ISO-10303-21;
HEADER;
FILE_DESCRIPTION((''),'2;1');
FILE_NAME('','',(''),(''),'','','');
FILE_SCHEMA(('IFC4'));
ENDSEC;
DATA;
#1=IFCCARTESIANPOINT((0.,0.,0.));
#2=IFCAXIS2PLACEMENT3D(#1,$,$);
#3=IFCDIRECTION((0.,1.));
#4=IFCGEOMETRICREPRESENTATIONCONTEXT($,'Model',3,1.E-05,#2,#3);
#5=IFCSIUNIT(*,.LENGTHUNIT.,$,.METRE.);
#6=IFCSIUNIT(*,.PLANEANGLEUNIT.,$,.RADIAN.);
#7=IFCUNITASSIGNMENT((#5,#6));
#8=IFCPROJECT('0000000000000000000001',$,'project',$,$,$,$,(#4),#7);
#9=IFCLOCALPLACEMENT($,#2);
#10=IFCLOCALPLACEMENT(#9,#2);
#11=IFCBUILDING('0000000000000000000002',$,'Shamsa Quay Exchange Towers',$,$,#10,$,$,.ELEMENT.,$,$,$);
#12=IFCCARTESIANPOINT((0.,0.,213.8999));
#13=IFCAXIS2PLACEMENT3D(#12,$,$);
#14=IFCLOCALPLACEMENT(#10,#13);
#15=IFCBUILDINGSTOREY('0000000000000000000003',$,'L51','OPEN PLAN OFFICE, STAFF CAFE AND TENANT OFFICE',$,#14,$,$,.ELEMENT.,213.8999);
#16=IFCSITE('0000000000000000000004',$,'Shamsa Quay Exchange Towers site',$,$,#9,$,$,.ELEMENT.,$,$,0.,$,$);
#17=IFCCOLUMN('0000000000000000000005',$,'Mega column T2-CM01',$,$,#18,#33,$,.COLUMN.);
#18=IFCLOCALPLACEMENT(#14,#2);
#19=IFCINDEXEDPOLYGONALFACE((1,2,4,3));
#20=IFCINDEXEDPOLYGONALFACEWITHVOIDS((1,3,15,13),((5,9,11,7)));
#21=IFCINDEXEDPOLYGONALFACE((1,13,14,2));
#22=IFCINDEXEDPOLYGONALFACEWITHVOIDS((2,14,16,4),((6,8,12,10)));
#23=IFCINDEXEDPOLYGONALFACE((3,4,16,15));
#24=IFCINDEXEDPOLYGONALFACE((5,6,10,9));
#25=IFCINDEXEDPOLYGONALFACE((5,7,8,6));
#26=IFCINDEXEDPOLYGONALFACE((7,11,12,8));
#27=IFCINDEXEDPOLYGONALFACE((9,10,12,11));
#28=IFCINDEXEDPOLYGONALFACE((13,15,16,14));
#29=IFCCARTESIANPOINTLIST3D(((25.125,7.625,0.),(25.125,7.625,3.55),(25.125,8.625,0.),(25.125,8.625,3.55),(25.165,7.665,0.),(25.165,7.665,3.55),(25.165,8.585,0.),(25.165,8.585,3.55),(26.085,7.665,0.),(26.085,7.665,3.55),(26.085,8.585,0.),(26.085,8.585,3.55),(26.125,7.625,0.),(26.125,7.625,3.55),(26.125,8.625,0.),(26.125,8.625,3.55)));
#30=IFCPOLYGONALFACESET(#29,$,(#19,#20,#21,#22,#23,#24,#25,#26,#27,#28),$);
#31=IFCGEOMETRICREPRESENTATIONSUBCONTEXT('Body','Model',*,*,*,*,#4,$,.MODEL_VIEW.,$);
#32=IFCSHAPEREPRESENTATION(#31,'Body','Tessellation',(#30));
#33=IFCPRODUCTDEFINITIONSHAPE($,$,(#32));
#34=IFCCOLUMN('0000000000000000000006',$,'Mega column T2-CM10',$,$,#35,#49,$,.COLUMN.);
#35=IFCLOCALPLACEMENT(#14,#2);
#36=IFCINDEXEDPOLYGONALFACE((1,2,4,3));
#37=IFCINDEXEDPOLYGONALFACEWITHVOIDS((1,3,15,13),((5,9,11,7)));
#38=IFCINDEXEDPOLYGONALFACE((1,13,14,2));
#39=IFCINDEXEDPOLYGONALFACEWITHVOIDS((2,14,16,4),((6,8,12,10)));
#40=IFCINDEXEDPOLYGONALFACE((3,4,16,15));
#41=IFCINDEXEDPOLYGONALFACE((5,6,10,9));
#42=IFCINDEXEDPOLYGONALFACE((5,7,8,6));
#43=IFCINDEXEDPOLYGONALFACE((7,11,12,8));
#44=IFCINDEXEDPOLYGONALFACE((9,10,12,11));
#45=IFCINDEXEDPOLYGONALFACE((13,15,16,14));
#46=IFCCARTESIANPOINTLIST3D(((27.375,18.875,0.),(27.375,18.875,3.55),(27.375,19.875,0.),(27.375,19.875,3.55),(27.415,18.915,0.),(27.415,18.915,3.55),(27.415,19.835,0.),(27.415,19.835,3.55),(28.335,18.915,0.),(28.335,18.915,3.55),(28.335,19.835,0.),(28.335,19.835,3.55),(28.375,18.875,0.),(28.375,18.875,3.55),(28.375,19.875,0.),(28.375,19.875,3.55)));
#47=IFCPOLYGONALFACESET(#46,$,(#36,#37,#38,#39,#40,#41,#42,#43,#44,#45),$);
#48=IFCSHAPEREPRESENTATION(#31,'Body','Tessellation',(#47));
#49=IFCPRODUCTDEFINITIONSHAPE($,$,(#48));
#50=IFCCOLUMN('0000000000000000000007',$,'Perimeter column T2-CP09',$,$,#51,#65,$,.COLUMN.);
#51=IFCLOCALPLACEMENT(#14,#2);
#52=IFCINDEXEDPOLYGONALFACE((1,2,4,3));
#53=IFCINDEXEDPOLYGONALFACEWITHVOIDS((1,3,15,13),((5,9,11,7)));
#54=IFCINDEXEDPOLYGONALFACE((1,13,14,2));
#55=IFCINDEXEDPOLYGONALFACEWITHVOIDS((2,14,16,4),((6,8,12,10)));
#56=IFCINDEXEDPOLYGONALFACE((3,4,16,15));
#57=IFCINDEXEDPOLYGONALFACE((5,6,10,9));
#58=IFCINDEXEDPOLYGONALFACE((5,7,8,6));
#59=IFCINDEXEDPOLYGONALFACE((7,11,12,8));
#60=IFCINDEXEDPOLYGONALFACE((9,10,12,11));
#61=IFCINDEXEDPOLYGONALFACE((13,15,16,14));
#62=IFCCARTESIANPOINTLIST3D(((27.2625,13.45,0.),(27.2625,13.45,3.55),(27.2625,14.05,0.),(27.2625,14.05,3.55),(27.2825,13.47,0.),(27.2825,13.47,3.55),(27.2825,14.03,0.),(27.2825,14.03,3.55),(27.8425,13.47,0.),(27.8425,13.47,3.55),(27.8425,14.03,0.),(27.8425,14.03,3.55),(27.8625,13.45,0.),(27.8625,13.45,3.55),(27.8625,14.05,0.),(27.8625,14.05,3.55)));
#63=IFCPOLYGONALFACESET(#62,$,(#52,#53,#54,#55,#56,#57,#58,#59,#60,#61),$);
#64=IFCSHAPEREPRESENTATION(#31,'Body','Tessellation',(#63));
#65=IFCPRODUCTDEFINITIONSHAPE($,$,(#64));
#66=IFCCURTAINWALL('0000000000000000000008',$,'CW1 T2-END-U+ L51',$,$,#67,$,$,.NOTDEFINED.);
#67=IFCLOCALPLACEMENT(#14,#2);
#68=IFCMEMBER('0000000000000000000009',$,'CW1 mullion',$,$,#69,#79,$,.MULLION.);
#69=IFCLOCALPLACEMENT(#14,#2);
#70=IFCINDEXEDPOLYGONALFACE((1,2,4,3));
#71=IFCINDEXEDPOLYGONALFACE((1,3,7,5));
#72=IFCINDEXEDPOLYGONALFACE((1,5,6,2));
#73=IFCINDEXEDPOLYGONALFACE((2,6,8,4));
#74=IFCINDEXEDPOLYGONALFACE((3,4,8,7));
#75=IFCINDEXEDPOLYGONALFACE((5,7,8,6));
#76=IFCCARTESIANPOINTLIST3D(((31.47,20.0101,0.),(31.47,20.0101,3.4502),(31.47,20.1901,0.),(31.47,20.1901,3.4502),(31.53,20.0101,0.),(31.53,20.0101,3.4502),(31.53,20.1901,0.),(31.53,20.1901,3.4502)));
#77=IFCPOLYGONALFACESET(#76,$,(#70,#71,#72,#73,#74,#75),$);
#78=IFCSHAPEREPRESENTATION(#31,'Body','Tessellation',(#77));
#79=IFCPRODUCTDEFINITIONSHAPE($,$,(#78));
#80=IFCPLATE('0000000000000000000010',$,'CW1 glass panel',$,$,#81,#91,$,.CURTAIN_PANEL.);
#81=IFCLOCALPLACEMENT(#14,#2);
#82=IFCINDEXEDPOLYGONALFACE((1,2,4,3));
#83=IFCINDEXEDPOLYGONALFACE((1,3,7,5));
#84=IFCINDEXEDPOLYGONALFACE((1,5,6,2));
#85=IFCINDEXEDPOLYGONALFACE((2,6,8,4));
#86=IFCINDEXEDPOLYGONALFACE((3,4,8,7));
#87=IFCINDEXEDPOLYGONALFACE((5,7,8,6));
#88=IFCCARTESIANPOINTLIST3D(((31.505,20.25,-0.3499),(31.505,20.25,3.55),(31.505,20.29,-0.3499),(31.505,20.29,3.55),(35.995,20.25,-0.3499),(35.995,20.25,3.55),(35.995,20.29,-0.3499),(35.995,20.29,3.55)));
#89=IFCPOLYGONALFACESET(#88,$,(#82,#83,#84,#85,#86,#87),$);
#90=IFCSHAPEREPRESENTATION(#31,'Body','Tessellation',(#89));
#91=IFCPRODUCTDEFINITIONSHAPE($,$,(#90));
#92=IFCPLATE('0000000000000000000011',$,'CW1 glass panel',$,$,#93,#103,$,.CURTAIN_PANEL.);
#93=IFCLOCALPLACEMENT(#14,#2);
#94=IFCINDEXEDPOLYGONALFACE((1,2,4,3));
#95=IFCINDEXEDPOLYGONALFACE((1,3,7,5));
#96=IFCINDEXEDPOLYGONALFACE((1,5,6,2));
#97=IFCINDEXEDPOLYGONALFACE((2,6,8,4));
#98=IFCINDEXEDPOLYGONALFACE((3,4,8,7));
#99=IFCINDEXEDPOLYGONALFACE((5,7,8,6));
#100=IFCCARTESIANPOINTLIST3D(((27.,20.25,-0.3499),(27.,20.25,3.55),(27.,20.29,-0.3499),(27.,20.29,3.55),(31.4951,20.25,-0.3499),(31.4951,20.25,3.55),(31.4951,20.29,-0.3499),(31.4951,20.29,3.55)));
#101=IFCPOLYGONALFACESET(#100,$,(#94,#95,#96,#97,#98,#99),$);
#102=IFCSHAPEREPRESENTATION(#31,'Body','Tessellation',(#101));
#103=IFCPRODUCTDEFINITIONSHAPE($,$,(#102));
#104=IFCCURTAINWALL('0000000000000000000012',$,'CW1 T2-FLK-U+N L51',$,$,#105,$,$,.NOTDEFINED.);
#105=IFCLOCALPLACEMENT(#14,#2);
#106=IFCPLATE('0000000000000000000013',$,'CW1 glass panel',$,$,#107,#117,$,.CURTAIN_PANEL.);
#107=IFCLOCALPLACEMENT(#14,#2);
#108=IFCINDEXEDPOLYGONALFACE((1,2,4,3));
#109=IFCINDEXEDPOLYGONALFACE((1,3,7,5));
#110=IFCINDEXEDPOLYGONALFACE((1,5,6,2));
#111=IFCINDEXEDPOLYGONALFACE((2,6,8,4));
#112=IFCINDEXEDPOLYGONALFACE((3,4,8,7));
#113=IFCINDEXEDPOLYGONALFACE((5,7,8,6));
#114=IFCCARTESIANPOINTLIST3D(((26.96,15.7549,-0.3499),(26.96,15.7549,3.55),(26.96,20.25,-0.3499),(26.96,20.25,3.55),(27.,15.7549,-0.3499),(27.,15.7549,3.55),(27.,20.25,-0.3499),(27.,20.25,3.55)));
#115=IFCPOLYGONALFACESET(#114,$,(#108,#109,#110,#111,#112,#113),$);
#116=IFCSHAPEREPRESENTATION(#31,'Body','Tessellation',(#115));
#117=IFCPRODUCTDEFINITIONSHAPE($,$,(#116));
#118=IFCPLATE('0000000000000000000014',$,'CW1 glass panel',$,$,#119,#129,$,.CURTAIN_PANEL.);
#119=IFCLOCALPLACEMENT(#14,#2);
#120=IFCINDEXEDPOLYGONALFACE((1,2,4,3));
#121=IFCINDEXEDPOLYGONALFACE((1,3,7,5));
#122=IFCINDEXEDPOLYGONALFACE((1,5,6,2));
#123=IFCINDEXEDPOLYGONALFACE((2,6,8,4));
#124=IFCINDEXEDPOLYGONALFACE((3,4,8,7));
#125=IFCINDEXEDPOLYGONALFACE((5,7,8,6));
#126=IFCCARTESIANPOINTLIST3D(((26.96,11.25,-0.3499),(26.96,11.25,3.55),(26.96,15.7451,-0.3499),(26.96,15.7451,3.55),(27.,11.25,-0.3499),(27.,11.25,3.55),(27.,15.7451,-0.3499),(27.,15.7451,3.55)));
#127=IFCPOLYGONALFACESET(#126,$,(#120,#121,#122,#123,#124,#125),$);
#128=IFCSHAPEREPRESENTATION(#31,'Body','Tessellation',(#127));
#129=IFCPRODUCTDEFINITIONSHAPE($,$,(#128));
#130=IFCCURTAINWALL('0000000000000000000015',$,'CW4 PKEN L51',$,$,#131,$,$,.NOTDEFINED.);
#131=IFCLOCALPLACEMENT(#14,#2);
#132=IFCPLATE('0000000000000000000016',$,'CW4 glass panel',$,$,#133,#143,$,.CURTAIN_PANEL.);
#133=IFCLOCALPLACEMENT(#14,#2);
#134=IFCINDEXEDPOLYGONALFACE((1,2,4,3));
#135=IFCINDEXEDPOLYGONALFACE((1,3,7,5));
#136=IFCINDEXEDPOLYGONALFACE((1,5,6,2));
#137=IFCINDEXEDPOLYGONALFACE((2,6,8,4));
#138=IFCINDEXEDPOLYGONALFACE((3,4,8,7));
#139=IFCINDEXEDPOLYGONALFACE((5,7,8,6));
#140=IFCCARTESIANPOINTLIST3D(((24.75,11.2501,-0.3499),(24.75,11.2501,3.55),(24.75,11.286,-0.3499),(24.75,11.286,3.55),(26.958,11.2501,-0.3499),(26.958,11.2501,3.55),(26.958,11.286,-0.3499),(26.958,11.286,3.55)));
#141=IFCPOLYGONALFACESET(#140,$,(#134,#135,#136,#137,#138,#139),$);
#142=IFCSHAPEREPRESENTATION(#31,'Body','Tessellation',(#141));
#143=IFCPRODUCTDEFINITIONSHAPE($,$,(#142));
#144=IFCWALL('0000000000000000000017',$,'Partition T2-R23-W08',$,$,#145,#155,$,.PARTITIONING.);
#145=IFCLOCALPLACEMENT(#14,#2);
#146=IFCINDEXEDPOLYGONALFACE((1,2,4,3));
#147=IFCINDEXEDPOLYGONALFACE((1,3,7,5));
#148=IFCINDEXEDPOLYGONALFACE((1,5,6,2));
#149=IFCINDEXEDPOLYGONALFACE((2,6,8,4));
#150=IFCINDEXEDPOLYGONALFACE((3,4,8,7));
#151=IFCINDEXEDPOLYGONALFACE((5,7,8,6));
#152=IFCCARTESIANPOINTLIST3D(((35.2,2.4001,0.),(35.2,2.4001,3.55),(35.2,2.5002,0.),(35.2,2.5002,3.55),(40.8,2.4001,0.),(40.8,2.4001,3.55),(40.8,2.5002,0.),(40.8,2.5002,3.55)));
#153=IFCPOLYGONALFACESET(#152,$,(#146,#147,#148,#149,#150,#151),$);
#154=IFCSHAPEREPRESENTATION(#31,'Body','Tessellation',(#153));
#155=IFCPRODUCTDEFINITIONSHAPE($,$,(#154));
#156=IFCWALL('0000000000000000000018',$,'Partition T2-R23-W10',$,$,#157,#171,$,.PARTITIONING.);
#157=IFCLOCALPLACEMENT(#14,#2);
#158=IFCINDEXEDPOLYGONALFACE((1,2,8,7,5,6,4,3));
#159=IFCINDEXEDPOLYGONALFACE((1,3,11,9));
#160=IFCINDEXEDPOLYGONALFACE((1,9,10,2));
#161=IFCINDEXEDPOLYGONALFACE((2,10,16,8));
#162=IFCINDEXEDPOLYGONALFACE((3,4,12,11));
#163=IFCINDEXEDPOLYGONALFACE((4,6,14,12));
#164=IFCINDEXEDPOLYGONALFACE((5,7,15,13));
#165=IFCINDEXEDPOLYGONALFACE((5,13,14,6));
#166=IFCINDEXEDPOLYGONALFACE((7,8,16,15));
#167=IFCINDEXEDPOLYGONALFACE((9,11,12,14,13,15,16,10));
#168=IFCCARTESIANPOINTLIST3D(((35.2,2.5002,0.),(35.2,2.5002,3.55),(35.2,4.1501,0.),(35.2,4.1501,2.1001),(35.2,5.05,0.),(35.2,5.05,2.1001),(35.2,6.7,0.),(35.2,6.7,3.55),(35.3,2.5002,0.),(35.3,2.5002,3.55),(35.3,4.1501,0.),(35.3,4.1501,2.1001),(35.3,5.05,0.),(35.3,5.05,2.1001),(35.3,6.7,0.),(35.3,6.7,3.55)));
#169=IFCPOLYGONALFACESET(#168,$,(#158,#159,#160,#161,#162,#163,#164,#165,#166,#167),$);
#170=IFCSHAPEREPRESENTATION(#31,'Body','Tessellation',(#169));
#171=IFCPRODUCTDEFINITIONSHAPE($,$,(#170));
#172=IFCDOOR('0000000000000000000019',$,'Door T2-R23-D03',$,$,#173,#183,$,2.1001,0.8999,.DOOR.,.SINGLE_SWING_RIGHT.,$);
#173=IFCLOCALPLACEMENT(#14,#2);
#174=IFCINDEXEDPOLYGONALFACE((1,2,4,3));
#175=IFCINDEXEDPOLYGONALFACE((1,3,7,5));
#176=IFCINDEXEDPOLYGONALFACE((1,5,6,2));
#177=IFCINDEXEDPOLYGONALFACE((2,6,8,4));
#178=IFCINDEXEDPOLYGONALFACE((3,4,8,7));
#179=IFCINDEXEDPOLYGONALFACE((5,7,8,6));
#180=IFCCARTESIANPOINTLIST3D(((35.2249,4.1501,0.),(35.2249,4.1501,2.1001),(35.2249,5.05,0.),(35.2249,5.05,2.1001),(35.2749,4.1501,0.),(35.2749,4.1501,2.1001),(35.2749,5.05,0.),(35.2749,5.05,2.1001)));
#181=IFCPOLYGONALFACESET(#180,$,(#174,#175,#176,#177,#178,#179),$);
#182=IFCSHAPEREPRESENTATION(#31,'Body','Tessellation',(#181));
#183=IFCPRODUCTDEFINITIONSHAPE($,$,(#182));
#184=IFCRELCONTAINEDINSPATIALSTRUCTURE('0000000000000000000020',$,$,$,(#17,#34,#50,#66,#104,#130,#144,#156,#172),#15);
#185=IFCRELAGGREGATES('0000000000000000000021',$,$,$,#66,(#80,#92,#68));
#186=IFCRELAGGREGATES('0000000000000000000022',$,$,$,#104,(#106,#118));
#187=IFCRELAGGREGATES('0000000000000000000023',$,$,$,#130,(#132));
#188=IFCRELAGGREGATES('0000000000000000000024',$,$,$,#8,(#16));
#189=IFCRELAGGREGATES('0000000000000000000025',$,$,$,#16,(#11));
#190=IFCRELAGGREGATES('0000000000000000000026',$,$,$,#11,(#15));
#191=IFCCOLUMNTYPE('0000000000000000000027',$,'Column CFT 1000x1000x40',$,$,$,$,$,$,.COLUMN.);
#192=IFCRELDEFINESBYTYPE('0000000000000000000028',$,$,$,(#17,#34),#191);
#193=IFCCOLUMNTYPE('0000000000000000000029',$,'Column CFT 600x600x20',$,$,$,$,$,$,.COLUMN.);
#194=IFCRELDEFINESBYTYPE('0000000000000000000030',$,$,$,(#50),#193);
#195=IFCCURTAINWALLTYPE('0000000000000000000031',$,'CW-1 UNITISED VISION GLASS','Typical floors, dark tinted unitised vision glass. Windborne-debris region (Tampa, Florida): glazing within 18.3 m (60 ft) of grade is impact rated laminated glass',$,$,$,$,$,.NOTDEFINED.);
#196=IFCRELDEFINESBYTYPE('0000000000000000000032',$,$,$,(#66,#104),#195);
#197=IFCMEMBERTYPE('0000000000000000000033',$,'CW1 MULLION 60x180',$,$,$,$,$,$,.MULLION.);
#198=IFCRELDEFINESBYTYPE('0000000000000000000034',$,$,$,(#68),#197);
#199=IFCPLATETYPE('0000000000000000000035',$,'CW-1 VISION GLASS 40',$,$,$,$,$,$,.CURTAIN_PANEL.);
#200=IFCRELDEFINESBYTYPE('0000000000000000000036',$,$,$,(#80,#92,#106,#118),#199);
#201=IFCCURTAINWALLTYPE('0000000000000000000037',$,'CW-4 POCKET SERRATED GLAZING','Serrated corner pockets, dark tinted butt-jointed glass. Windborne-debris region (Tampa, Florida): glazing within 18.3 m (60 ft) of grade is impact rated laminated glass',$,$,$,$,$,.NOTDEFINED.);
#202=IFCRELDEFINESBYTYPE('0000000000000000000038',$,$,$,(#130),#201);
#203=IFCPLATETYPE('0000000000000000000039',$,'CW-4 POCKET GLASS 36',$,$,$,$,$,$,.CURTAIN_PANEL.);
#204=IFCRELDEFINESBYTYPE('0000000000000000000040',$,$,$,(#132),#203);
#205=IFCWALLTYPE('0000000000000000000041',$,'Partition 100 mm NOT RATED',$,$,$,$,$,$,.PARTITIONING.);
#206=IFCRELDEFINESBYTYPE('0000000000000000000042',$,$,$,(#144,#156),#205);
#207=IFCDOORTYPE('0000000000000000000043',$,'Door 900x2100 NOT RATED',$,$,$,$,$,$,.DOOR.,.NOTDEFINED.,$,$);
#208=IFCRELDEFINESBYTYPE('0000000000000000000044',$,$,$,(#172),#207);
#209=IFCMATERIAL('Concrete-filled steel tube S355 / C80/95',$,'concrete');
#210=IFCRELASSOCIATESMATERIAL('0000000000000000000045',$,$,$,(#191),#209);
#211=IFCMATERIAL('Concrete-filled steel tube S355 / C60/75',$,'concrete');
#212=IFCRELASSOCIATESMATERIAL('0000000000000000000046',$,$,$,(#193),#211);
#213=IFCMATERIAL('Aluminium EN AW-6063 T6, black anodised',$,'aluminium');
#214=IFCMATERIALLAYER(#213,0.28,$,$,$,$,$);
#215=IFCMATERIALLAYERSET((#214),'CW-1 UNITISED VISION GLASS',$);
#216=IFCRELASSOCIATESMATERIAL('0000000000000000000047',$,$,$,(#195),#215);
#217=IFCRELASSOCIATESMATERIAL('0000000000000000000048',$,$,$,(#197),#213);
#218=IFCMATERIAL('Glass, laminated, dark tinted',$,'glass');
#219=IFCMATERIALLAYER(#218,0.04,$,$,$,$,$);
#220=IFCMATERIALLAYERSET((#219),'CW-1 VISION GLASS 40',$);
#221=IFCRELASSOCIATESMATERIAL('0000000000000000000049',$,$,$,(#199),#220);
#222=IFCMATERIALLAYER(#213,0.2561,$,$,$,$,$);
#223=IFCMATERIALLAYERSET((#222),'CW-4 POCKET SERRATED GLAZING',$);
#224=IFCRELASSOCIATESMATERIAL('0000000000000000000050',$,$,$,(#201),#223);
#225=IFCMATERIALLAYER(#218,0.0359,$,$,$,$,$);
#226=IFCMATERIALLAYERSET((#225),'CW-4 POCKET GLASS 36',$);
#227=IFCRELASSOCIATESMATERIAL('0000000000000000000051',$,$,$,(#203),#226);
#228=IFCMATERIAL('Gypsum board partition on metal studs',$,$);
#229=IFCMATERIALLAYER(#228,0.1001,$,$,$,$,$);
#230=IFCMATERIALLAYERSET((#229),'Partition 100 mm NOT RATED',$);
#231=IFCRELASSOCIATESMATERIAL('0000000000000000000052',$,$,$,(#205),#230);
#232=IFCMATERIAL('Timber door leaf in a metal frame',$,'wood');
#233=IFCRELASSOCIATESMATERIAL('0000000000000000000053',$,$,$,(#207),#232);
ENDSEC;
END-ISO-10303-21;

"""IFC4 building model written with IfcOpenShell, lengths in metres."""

from ifc_helpers import new_model, si_unit, direction, frame, frame_2d, origin, origin_2d, place, context, subcontext, project, spatial, rectangle, hollow_rectangle, extrude, material, layer, layer_set, material_profile, profile_set, type_object, element, fill, aggregate, save


model = new_model("IFC4")

# Units and contexts
model_context = context("Model", 3, precision=1e-05, world=origin(), true_north=direction((0.0, 1.0)))
body_context = subcontext(model_context, "Body", "Model", "MODEL_VIEW")
ifc_project = project(units=[si_unit("LENGTHUNIT", "METRE"), si_unit("PLANEANGLEUNIT", "RADIAN")], contexts=[model_context])

# Site, building, storey
site_placement = place(None, origin())
site = spatial("IfcSite", under=ifc_project, at=site_placement, Name="Shamsa Quay Exchange Towers site", CompositionType="ELEMENT", RefElevation=0.0)
building_placement = place(site_placement, origin())
building = spatial("IfcBuilding", under=site, at=building_placement, Name="Shamsa Quay Exchange Towers", CompositionType="ELEMENT")
storey_placement = place(building_placement, frame((0.0, 0.0, 213.8999)))
storey = spatial("IfcBuildingStorey", under=building, at=storey_placement, Name="L51", Description="OPEN PLAN OFFICE, STAFF CAFE AND TENANT OFFICE", CompositionType="ELEMENT", Elevation=213.8999)

# Columns
ifc_material_1 = material(Name="Concrete-filled steel tube S355 / C80/95", Category="concrete")
ifc_material_profile_1 = material_profile(ifc_material_1, hollow_rectangle(XDim=1.0, YDim=1.0, WallThickness=0.04, at=origin_2d()), Name="CFT 1000x1000x40")
ifc_profile_set_1 = profile_set([ifc_material_profile_1], Name="Concrete-filled steel tube S355 / C80/95")
column_type_1 = type_object("IfcColumnType", Name="Column CFT 1000x1000x40", PredefinedType="COLUMN", material=ifc_profile_set_1)
for number, where, name in (
    (1, (25.625, 8.125, 0.0), "Mega column T2-CM01"),
    (2, (27.875, 19.375, 0.0), "Mega column T2-CM10"),
):
    element("IfcColumn", number, at=place(storey_placement, frame(where)), inside=storey, type_object=column_type_1, Name=name, PredefinedType="COLUMN", context=body_context, shape_type="SweptSolid", body=[
        extrude(hollow_rectangle(XDim=1.0, YDim=1.0, WallThickness=0.04, at=origin_2d()), origin(), (0.0, 0.0, 1.0), 3.55),
    ])
ifc_material_2 = material(Name="Concrete-filled steel tube S355 / C60/75", Category="concrete")
ifc_material_profile_2 = material_profile(ifc_material_2, hollow_rectangle(XDim=0.6001, YDim=0.6001, WallThickness=0.02, at=origin_2d()), Name="CFT 600x600x20")
ifc_profile_set_2 = profile_set([ifc_material_profile_2], Name="Concrete-filled steel tube S355 / C60/75")
column_type_2 = type_object("IfcColumnType", Name="Column CFT 600x600x20", PredefinedType="COLUMN", material=ifc_profile_set_2)
column_placement = place(storey_placement, frame((27.5625, 13.75, 0.0)))
element("IfcColumn", 3, at=column_placement, inside=storey, type_object=column_type_2, Name="Perimeter column T2-CP09", PredefinedType="COLUMN", context=body_context, shape_type="SweptSolid", body=[
    extrude(hollow_rectangle(XDim=0.6001, YDim=0.6001, WallThickness=0.02, at=origin_2d()), origin(), (0.0, 0.0, 1.0), 3.55),
])

# Curtain wall, member, plates
ifc_material_3 = material(Name="Aluminium EN AW-6063 T6, black anodised", Category="aluminium")
ifc_layer_1 = layer(ifc_material_3, 0.28)
ifc_layer_set_1 = layer_set([ifc_layer_1], Name="CW-1 UNITISED VISION GLASS")
curtain_wall_type_1 = type_object("IfcCurtainWallType", Name="CW-1 UNITISED VISION GLASS", Description="Typical floors, dark tinted unitised vision glass. Windborne-debris region (Tampa, Florida): glazing within 18.3 m (60 ft) of grade is impact rated laminated glass", PredefinedType="NOTDEFINED", material=ifc_layer_set_1)
curtain_wall_1_placement = place(storey_placement, origin())
curtain_wall_1 = element("IfcCurtainWall", 4, at=curtain_wall_1_placement, inside=storey, type_object=curtain_wall_type_1, Name="CW1 T2-END-U+ L51", PredefinedType="NOTDEFINED")
ifc_material_profile_3 = material_profile(ifc_material_3, rectangle(XDim=0.1799, YDim=0.0601, at=origin_2d()), Name="MU60x180")
ifc_profile_set_3 = profile_set([ifc_material_profile_3], Name="Aluminium EN AW-6063 T6, black anodised")
member_type = type_object("IfcMemberType", Name="CW1 MULLION 60x180", PredefinedType="MULLION", material=ifc_profile_set_3)
member_placement = place(storey_placement, frame((31.5, 20.1001, 0.0), z_axis=(0.0, 0.0, 1.0), x_axis=(0.0, -1.0, 0.0)))
member = element("IfcMember", 5, at=member_placement, type_object=member_type, Name="CW1 mullion", PredefinedType="MULLION", context=body_context, shape_type="SweptSolid", body=[
    extrude(rectangle(XDim=0.1799, YDim=0.0601, at=origin_2d()), origin(), (0.0, 0.0, 1.0), 3.4502),
])
ifc_material_4 = material(Name="Glass, laminated, dark tinted", Category="glass")
ifc_layer_2 = layer(ifc_material_4, 0.04)
ifc_layer_set_2 = layer_set([ifc_layer_2], Name="CW-1 VISION GLASS 40")
plate_type_1 = type_object("IfcPlateType", Name="CW-1 VISION GLASS 40", PredefinedType="CURTAIN_PANEL", material=ifc_layer_set_2)
plate_1_placement = place(storey_placement, frame((33.75, 20.27, -0.3499), z_axis=(0.0, 0.0, 1.0), x_axis=(-1.0, 0.0, 0.0)))
plate_1 = element("IfcPlate", 6, at=plate_1_placement, type_object=plate_type_1, Name="CW1 glass panel", PredefinedType="CURTAIN_PANEL", context=body_context, shape_type="SweptSolid", body=[
    extrude(rectangle(XDim=4.49, YDim=0.04, at=origin_2d()), origin(), (0.0, 0.0, 1.0), 3.8999),
])
plate_2_placement = place(storey_placement, frame((29.2476, 20.27, -0.3499), z_axis=(0.0, 0.0, 1.0), x_axis=(-1.0, 0.0, 0.0)))
plate_2 = element("IfcPlate", 7, at=plate_2_placement, type_object=plate_type_1, Name="CW1 glass panel", PredefinedType="CURTAIN_PANEL", context=body_context, shape_type="SweptSolid", body=[
    extrude(rectangle(XDim=4.4951, YDim=0.04, at=origin_2d()), origin(), (0.0, 0.0, 1.0), 3.8999),
])
aggregate(curtain_wall_1, [plate_1, plate_2, member])

# Curtain wall, plates
curtain_wall_2_placement = place(storey_placement, origin())
curtain_wall_2 = element("IfcCurtainWall", 8, at=curtain_wall_2_placement, inside=storey, type_object=curtain_wall_type_1, Name="CW1 T2-FLK-U+N L51", PredefinedType="NOTDEFINED")
plate_3_placement = place(storey_placement, frame((26.98, 18.0024, -0.3499), z_axis=(0.0, 0.0, 1.0), x_axis=(0.0, -1.0, 0.0)))
plate_3 = element("IfcPlate", 9, at=plate_3_placement, type_object=plate_type_1, Name="CW1 glass panel", PredefinedType="CURTAIN_PANEL", context=body_context, shape_type="SweptSolid", body=[
    extrude(rectangle(XDim=4.4951, YDim=0.04, at=origin_2d()), origin(), (0.0, 0.0, 1.0), 3.8999),
])
plate_4_placement = place(storey_placement, frame((26.98, 13.4976, -0.3499), z_axis=(0.0, 0.0, 1.0), x_axis=(0.0, -1.0, 0.0)))
plate_4 = element("IfcPlate", 10, at=plate_4_placement, type_object=plate_type_1, Name="CW1 glass panel", PredefinedType="CURTAIN_PANEL", context=body_context, shape_type="SweptSolid", body=[
    extrude(rectangle(XDim=4.4951, YDim=0.04, at=origin_2d()), origin(), (0.0, 0.0, 1.0), 3.8999),
])
aggregate(curtain_wall_2, [plate_3, plate_4])

# Curtain wall, plate
ifc_layer_3 = layer(ifc_material_3, 0.2561)
ifc_layer_set_3 = layer_set([ifc_layer_3], Name="CW-4 POCKET SERRATED GLAZING")
curtain_wall_type_2 = type_object("IfcCurtainWallType", Name="CW-4 POCKET SERRATED GLAZING", Description="Serrated corner pockets, dark tinted butt-jointed glass. Windborne-debris region (Tampa, Florida): glazing within 18.3 m (60 ft) of grade is impact rated laminated glass", PredefinedType="NOTDEFINED", material=ifc_layer_set_3)
curtain_wall_3_placement = place(storey_placement, origin())
curtain_wall_3 = element("IfcCurtainWall", 11, at=curtain_wall_3_placement, inside=storey, type_object=curtain_wall_type_2, Name="CW4 PKEN L51", PredefinedType="NOTDEFINED")
ifc_layer_4 = layer(ifc_material_4, 0.0359)
ifc_layer_set_4 = layer_set([ifc_layer_4], Name="CW-4 POCKET GLASS 36")
plate_type_2 = type_object("IfcPlateType", Name="CW-4 POCKET GLASS 36", PredefinedType="CURTAIN_PANEL", material=ifc_layer_set_4)
plate_5_placement = place(storey_placement, frame((25.854, 11.2681, -0.3499), z_axis=(0.0, 0.0, 1.0), x_axis=(-1.0, 0.0, 0.0)))
plate_5 = element("IfcPlate", 12, at=plate_5_placement, type_object=plate_type_2, Name="CW4 glass panel", PredefinedType="CURTAIN_PANEL", context=body_context, shape_type="SweptSolid", body=[
    extrude(rectangle(XDim=2.208, YDim=0.0359, at=origin_2d()), origin(), (0.0, 0.0, 1.0), 3.8999),
])
aggregate(curtain_wall_3, [plate_5])

# Wall
ifc_material_5 = material(Name="Gypsum board partition on metal studs")
ifc_layer_5 = layer(ifc_material_5, 0.1001)
ifc_layer_set_5 = layer_set([ifc_layer_5], Name="Partition 100 mm NOT RATED")
wall_type_1 = type_object("IfcWallType", Name="Partition 100 mm NOT RATED", PredefinedType="PARTITIONING", material=ifc_layer_set_5)
wall_1_placement = place(storey_placement, frame((35.2, 2.4502, 0.0)))
element("IfcWall", 13, at=wall_1_placement, inside=storey, type_object=wall_type_1, Name="Partition T2-R23-W08", PredefinedType="PARTITIONING", context=body_context, shape_type="SweptSolid", body=[
    extrude(rectangle(XDim=5.6001, YDim=0.1001, at=frame_2d((2.8, 0.0))), origin(), (0.0, 0.0, 1.0), 3.55),
])

# Wall, opening, door
wall_2_placement = place(storey_placement, frame((35.25, 6.7, 0.0), z_axis=(0.0, 0.0, 1.0), x_axis=(0.0, -1.0, 0.0)))
wall_2 = element("IfcWall", 14, at=wall_2_placement, inside=storey, type_object=wall_type_1, Name="Partition T2-R23-W10", PredefinedType="PARTITIONING", context=body_context, shape_type="SweptSolid", body=[
    extrude(rectangle(XDim=4.1997, YDim=0.1001, at=frame_2d((2.0999, 0.0))), origin(), (0.0, 0.0, 1.0), 3.55),
])
opening_1_placement = place(wall_2_placement, frame((1.6499, 0.0, 0.0)))
opening_1 = element("IfcOpeningElement", 15, at=opening_1_placement, cuts=wall_2, PredefinedType="OPENING", context=body_context, shape_type="SweptSolid", body=[
    extrude(rectangle(XDim=0.8999, YDim=2.1001, at=frame_2d((0.45, 1.05))), frame((0.0, 0.0601, 0.0), z_axis=(0.0, -1.0, 0.0), x_axis=(1.0, 0.0, 0.0)), (0.0, 0.0, 1.0), 0.1201),
])
ifc_material_6 = material(Name="Timber door leaf in a metal frame", Category="wood")
door_type_1 = type_object("IfcDoorType", Name="Door 900x2100 NOT RATED", OperationType="NOTDEFINED", PredefinedType="DOOR", material=ifc_material_6)
door_1_placement = place(opening_1_placement, origin())
door_1 = element("IfcDoor", 16, at=door_1_placement, inside=storey, type_object=door_type_1, Name="Door T2-R23-D03", OperationType="SINGLE_SWING_RIGHT", OverallHeight=2.1001, OverallWidth=0.8999, PredefinedType="DOOR", context=body_context, shape_type="SweptSolid", body=[
    extrude(rectangle(XDim=0.8999, YDim=2.1001, at=frame_2d((0.45, 1.05))), frame((0.0, 0.0249, 0.0), z_axis=(0.0, -1.0, 0.0), x_axis=(1.0, 0.0, 0.0)), (0.0, 0.0, 1.0), 0.05),
])
fill(opening_1, door_1)

save(model, "model.ifc")
